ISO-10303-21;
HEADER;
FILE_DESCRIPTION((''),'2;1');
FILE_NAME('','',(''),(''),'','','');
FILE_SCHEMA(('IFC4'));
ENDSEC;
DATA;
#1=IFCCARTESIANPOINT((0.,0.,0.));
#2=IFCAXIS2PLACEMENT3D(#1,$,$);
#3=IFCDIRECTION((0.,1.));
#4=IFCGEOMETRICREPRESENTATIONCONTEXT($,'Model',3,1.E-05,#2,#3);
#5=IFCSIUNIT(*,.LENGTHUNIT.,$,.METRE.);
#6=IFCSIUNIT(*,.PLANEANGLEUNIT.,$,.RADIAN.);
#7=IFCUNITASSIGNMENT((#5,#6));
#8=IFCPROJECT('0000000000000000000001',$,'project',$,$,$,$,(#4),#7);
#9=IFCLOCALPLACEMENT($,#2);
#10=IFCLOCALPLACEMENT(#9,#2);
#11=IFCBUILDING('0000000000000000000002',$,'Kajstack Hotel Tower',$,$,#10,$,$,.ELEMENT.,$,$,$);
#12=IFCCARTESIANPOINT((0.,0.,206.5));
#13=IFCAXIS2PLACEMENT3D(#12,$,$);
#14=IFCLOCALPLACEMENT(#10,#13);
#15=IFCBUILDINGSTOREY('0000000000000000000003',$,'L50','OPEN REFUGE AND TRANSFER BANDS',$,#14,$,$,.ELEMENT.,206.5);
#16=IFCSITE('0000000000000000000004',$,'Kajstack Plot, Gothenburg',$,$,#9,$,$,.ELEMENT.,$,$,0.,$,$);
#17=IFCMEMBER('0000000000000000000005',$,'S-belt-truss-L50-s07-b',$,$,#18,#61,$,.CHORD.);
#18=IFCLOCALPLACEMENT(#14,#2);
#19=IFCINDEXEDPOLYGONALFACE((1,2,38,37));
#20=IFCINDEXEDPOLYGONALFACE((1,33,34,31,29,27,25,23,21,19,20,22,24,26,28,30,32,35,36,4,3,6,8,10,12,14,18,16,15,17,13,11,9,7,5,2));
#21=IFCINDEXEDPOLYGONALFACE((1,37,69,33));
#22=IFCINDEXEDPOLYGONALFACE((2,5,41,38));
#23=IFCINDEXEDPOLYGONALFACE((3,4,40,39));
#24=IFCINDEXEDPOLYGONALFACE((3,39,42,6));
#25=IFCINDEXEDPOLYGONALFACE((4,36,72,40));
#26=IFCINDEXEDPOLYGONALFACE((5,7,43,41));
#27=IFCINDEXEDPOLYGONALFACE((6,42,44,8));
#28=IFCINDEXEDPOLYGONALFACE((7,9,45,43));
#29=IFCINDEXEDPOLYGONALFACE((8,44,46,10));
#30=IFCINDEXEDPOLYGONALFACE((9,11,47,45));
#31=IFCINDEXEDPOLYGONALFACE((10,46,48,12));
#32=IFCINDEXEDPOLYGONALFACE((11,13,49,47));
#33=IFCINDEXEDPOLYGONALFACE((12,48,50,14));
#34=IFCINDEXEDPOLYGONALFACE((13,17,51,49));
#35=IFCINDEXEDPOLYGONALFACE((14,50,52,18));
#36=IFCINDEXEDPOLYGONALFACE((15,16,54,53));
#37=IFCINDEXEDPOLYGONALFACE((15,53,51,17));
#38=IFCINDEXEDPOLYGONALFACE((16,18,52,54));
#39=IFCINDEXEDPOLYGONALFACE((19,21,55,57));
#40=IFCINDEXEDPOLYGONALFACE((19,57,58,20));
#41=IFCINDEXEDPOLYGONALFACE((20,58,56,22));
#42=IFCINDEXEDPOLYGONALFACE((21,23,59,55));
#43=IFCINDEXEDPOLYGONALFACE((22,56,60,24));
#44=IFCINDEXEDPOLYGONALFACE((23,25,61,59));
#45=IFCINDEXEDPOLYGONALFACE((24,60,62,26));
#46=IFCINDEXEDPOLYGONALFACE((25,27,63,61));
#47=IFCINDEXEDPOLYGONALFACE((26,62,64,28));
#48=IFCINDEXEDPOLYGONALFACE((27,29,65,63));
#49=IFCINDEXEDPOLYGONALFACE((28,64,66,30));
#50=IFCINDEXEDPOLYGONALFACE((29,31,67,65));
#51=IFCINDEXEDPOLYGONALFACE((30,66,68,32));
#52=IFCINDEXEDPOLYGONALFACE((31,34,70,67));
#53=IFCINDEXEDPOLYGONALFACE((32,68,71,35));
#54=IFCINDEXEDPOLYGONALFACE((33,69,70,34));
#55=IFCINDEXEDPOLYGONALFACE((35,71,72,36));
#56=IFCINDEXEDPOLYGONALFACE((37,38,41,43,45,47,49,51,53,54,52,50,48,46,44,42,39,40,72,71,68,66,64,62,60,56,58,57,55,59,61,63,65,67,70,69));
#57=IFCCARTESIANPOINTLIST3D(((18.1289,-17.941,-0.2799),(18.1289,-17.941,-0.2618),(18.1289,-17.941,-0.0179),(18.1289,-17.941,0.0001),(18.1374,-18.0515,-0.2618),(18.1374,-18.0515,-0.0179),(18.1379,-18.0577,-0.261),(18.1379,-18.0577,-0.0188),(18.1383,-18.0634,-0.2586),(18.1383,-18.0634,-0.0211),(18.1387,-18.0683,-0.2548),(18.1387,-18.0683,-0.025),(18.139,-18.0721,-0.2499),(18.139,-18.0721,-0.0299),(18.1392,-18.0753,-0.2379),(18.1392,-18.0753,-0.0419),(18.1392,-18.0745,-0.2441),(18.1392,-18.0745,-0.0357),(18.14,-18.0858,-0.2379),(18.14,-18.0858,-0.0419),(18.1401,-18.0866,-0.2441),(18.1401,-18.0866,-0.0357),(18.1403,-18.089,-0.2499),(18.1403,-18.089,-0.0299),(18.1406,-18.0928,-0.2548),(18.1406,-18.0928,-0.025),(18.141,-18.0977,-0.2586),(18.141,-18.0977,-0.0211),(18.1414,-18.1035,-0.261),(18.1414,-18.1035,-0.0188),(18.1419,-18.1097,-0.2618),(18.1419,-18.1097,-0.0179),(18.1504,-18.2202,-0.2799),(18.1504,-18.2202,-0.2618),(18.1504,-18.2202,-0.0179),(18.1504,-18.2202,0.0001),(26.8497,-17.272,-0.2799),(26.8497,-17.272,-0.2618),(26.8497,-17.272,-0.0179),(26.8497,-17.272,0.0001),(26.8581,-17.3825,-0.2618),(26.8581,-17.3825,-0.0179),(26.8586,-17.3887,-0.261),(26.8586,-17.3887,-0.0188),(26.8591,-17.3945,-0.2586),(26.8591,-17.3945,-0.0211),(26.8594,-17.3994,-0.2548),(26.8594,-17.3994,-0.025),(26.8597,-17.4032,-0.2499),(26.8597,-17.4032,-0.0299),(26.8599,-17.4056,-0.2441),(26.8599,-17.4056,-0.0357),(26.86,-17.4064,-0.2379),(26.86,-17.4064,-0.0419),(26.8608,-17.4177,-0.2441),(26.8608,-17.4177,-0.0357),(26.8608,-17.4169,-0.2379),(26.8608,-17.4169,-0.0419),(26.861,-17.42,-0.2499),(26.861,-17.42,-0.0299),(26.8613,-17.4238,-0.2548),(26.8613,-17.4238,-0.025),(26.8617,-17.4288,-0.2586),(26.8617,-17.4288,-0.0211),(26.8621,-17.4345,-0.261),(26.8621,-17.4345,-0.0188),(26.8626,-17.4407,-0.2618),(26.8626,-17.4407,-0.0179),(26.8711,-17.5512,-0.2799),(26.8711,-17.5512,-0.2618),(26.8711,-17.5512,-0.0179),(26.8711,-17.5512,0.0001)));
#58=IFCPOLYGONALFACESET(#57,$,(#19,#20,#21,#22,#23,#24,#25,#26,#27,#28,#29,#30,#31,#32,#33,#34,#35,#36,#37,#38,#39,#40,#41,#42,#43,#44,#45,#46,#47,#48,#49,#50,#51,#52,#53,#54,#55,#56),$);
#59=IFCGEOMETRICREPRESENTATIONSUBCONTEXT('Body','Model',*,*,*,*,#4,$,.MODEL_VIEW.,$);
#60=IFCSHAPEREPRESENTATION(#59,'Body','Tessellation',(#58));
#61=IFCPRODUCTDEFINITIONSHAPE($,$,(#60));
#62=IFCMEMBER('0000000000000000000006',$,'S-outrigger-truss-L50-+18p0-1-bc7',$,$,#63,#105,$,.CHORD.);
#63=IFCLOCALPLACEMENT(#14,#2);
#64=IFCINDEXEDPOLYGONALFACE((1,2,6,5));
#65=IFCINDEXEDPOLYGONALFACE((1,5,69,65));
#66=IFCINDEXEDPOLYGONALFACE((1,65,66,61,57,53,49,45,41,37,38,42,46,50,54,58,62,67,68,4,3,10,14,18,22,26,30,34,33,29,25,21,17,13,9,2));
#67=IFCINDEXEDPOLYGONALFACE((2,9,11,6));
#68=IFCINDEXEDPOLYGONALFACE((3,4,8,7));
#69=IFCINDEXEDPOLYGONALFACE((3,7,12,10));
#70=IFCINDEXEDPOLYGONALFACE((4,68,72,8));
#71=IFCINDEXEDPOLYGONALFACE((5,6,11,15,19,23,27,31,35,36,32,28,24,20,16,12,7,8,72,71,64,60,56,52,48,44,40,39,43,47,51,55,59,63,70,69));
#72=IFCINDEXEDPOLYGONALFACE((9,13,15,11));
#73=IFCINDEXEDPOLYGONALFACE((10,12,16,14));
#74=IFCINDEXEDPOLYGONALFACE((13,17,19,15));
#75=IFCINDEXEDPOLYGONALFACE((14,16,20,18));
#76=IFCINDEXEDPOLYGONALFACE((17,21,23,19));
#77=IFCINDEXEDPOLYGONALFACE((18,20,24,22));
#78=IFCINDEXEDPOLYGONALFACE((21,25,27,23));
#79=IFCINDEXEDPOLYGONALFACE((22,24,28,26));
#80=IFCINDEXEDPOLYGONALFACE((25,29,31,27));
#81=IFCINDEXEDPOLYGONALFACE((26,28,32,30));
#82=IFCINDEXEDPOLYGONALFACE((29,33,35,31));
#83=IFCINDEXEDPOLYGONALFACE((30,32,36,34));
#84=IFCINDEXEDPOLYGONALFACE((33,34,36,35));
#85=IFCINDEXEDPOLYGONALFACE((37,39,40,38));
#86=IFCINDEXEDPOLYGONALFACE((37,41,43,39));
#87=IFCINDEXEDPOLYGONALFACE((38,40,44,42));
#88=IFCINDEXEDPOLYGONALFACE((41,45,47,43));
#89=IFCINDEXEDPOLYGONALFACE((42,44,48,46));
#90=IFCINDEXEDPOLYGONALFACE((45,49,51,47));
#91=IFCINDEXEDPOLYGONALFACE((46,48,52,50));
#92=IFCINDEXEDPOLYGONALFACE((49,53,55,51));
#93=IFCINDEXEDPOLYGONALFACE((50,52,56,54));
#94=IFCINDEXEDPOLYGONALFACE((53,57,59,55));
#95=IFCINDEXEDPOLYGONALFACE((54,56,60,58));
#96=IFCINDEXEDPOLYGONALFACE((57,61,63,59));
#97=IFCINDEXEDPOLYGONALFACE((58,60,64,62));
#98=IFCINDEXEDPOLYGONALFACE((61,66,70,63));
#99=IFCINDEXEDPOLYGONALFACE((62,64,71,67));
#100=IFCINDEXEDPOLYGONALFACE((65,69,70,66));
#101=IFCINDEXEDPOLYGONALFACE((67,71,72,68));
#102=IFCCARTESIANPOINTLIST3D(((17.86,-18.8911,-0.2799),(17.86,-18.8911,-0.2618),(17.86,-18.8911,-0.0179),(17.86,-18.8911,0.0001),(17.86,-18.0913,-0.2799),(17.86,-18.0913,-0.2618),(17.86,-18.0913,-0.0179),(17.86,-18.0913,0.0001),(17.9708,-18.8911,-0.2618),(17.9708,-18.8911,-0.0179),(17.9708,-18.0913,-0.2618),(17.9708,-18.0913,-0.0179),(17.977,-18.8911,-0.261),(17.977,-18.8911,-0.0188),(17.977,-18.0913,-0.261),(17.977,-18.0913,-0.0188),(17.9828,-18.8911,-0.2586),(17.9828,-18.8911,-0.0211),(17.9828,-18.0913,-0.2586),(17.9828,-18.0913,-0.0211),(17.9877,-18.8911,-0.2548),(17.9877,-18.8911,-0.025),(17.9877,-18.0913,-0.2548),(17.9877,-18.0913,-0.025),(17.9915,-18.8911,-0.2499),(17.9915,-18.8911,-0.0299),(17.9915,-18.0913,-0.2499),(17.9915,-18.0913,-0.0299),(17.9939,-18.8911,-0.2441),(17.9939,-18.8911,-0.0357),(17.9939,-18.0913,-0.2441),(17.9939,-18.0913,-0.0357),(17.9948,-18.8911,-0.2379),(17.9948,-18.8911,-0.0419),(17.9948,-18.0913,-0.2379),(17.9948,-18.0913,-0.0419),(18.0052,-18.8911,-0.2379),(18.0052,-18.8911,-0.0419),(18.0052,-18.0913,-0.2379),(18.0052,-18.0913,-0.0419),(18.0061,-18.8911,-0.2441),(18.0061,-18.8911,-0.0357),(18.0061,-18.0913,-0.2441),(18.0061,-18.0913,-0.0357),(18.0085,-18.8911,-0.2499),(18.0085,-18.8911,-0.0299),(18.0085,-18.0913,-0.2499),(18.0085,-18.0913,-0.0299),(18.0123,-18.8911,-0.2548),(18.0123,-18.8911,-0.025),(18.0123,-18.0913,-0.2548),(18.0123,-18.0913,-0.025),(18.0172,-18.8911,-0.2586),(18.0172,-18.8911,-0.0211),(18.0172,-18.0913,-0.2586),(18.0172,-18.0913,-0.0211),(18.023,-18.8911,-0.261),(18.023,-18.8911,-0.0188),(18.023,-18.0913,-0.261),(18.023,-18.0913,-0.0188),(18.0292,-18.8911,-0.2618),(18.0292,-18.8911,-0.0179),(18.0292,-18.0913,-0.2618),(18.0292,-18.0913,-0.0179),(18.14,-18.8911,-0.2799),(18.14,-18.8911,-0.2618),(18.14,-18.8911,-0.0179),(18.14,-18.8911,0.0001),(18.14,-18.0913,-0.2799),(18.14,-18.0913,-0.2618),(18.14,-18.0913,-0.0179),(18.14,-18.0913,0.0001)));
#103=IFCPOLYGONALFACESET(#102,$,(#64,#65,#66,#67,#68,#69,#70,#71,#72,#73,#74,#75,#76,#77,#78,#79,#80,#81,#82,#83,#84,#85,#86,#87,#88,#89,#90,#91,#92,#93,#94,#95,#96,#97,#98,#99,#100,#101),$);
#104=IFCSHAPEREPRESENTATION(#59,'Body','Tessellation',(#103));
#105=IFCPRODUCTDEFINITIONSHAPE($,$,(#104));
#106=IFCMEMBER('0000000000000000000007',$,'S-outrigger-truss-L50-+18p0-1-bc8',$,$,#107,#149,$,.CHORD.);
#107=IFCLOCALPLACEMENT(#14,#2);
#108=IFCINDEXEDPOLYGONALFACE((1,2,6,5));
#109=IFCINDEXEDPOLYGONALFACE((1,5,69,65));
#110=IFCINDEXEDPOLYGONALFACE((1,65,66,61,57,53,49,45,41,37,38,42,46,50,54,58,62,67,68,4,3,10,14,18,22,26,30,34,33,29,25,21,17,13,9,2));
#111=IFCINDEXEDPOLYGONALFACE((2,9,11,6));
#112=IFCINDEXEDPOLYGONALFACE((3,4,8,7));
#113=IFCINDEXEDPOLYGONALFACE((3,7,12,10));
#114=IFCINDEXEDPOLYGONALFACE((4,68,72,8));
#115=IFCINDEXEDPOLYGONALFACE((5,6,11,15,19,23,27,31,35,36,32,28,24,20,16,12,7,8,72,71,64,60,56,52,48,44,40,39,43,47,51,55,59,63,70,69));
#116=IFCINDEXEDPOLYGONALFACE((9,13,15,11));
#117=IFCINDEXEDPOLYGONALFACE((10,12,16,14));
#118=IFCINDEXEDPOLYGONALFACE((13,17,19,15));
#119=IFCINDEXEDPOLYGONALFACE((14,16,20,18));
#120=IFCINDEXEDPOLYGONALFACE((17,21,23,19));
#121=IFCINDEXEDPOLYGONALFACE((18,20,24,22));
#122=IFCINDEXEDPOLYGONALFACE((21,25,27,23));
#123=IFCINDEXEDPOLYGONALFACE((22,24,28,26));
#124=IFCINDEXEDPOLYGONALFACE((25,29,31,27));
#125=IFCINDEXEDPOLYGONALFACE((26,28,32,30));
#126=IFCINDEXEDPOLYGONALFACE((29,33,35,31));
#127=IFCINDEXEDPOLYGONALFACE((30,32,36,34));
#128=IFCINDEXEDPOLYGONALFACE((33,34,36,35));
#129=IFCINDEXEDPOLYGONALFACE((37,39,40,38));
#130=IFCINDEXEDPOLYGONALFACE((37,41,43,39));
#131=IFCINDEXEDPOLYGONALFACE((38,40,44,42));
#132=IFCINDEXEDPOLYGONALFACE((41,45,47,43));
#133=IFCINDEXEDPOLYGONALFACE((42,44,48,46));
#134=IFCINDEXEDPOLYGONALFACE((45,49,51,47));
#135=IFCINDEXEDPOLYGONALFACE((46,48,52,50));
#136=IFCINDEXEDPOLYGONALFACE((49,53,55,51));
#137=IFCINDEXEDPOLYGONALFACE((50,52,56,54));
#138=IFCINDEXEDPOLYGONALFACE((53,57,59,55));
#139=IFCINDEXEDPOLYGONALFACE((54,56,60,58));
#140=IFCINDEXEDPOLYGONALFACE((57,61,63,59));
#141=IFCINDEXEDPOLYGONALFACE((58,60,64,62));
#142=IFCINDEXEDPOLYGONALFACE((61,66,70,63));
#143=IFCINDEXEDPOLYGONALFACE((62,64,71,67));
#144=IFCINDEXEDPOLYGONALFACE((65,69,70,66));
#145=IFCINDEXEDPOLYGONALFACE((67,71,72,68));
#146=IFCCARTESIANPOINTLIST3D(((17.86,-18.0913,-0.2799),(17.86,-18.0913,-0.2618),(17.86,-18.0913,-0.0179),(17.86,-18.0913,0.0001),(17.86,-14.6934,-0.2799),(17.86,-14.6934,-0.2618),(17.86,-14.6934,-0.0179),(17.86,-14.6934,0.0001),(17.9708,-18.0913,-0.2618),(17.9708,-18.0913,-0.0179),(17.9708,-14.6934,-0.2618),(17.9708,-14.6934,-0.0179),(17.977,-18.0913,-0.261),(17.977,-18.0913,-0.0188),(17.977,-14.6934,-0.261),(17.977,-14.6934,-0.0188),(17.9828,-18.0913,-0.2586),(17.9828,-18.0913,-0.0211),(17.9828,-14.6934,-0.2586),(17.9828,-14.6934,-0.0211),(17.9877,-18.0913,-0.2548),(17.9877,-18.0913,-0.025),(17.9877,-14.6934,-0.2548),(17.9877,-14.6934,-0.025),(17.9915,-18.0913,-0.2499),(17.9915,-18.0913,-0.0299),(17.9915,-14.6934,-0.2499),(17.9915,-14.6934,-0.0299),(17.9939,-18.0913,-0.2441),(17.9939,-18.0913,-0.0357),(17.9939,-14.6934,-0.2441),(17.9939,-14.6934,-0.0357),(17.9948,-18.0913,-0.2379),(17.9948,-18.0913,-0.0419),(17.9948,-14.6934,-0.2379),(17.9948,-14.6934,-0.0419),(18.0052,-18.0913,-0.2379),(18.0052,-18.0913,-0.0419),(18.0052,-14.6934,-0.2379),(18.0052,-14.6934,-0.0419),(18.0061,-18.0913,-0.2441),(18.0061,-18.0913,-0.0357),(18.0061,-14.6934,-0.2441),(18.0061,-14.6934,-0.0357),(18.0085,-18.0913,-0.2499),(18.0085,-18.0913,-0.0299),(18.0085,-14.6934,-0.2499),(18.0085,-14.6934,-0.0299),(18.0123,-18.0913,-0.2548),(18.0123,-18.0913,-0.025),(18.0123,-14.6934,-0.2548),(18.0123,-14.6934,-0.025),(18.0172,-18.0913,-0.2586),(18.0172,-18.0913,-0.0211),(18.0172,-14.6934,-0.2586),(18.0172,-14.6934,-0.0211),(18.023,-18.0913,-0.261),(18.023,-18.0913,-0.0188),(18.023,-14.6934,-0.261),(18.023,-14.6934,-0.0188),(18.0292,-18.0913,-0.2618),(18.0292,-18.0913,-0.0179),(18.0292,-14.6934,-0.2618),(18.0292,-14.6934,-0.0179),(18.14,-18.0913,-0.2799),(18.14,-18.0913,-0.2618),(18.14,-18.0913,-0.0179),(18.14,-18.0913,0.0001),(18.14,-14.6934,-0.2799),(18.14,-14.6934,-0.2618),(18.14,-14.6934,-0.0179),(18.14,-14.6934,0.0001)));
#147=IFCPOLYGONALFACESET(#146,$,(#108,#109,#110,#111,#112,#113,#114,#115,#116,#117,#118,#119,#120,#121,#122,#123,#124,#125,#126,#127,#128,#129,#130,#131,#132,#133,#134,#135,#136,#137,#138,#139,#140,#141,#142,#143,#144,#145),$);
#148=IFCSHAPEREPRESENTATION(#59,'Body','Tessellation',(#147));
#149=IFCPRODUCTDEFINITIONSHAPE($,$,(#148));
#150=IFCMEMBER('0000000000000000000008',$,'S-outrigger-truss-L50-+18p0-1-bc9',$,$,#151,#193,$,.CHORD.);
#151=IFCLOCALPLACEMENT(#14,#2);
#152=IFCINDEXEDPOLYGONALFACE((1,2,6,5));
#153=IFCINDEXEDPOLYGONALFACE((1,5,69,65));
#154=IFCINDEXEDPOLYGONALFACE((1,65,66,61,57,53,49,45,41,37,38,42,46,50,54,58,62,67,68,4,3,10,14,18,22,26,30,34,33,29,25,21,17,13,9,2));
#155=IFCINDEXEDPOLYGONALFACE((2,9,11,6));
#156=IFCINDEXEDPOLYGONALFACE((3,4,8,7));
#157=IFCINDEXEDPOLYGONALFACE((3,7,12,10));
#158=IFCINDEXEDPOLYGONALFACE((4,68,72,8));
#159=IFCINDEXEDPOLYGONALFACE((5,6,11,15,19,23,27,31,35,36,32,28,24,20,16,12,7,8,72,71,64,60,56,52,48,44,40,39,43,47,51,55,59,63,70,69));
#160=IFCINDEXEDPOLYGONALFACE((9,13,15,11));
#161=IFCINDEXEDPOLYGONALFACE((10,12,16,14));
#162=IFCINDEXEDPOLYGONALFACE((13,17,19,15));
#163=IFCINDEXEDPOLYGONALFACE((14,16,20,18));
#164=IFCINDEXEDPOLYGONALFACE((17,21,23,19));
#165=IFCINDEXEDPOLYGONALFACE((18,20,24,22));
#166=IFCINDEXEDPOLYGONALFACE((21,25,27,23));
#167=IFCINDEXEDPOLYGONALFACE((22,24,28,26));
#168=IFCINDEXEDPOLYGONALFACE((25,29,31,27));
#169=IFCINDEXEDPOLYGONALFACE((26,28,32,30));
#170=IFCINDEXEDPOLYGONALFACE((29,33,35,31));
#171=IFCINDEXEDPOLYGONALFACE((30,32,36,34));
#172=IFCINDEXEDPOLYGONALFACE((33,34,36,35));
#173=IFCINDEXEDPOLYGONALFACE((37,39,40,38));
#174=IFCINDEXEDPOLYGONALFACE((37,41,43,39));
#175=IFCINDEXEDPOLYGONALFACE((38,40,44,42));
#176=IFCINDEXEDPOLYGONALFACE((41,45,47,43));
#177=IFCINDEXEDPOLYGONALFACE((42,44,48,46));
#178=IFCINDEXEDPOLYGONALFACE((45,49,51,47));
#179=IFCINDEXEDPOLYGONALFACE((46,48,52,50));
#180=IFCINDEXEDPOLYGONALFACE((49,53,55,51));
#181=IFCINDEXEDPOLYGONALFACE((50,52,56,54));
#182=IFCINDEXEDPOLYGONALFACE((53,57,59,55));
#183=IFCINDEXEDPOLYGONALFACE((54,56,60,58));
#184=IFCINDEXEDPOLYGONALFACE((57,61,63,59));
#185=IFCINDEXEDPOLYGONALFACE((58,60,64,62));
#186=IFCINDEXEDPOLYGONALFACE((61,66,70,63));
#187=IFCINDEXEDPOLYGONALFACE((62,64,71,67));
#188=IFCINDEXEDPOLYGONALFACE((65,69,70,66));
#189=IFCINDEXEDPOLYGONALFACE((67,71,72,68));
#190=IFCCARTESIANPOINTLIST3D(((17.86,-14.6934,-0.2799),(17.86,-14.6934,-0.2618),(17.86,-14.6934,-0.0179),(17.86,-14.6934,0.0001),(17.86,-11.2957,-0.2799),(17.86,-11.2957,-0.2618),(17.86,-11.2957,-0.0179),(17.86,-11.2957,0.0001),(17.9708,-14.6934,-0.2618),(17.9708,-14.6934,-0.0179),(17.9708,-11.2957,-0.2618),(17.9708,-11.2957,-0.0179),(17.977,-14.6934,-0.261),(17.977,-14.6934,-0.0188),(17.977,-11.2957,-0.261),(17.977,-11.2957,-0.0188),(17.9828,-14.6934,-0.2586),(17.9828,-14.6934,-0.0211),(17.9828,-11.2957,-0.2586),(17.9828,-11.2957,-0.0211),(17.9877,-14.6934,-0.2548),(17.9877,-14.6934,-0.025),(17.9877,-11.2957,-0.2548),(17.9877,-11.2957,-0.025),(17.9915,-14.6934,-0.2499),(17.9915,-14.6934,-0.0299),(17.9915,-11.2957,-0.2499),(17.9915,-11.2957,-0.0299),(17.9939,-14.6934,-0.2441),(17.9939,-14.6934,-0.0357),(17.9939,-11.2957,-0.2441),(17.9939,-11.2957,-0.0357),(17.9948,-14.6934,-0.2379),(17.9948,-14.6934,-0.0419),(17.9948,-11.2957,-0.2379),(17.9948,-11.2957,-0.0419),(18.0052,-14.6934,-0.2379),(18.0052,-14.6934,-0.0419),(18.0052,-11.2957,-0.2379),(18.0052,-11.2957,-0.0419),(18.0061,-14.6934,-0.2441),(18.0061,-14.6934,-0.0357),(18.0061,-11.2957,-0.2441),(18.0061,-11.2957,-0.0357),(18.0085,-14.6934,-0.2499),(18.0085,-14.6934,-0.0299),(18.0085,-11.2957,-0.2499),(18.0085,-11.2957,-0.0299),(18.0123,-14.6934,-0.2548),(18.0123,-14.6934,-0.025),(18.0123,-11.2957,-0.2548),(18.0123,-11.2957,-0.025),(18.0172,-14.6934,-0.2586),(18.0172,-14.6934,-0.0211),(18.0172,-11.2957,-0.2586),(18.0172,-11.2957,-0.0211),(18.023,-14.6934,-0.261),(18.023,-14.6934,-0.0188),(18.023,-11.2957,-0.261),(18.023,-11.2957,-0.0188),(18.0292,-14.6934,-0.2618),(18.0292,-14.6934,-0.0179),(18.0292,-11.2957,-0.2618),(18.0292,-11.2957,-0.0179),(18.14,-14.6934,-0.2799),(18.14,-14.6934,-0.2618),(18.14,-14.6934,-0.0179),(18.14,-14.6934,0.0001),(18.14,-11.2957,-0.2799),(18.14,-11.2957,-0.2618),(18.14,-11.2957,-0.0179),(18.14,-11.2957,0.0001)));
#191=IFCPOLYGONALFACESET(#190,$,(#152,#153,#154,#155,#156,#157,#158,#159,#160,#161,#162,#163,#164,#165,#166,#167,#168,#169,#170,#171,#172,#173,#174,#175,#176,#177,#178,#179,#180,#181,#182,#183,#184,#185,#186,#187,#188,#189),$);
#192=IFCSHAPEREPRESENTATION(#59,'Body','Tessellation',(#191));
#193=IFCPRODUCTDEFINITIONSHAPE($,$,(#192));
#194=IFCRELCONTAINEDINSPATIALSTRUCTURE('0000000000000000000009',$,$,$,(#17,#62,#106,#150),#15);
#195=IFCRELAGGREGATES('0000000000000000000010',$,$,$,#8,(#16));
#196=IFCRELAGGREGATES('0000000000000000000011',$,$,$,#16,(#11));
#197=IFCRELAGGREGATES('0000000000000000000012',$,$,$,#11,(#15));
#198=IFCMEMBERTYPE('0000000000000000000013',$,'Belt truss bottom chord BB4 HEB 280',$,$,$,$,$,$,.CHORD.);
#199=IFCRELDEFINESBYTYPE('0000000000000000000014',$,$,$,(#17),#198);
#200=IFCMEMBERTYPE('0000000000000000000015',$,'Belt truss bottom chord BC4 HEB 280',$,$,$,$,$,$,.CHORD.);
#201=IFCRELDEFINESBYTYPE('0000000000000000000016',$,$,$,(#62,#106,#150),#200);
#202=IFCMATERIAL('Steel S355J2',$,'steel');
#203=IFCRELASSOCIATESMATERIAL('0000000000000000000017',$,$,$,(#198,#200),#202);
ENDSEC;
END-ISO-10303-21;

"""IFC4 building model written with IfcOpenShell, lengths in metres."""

from ifc_helpers import new_model, si_unit, direction, frame, origin, origin_2d, place, context, subcontext, project, spatial, i_section, extrude, material, material_profile, profile_set, type_object, element, save


model = new_model("IFC4")

# Units and contexts
model_context = context("Model", 3, precision=1e-05, world=origin(), true_north=direction((0.0, 1.0)))
body_context = subcontext(model_context, "Body", "Model", "MODEL_VIEW")
ifc_project = project(units=[si_unit("LENGTHUNIT", "METRE"), si_unit("PLANEANGLEUNIT", "RADIAN")], contexts=[model_context])

# Site, building, storey
site_placement = place(None, origin())
site = spatial("IfcSite", under=ifc_project, at=site_placement, Name="Kajstack Plot, Gothenburg", CompositionType="ELEMENT", RefElevation=0.0)
building_placement = place(site_placement, origin())
building = spatial("IfcBuilding", under=site, at=building_placement, Name="Kajstack Hotel Tower", CompositionType="ELEMENT")
storey_placement = place(building_placement, frame((0.0, 0.0, 206.5)))
storey = spatial("IfcBuildingStorey", under=building, at=storey_placement, Name="L50", Description="OPEN REFUGE AND TRANSFER BANDS", CompositionType="ELEMENT", Elevation=206.5)

# Members
ifc_material = material(Name="Steel S355J2", Category="steel")
ifc_material_profile_1 = material_profile(ifc_material, i_section(OverallWidth=0.28, OverallDepth=0.28, WebThickness=0.0105, FlangeThickness=0.0181, FilletRadius=0.0239, at=origin_2d()), Name="HEB 280")
ifc_profile_set_1 = profile_set([ifc_material_profile_1], Name="Steel S355J2")
member_type_1 = type_object("IfcMemberType", Name="Belt truss bottom chord BB4 HEB 280", PredefinedType="CHORD", material=ifc_profile_set_1)
member_1_placement = place(storey_placement, frame((18.1396, -18.0806, -0.1399), z_axis=(0.997071, 0.076483, 0.0), x_axis=(-0.076483, 0.997071, 0.0)))
element("IfcMember", 1, at=member_1_placement, inside=storey, type_object=member_type_1, Name="S-belt-truss-L50-s07-b", PredefinedType="CHORD", context=body_context, shape_type="SweptSolid", body=[
    extrude(i_section(OverallWidth=0.28, OverallDepth=0.28, WebThickness=0.0105, FlangeThickness=0.0181, FilletRadius=0.0239, at=origin_2d()), origin(), (0.0, 0.0, 1.0), 8.7463),
])
ifc_material_profile_2 = material_profile(ifc_material, i_section(OverallWidth=0.28, OverallDepth=0.28, WebThickness=0.0105, FlangeThickness=0.0181, FilletRadius=0.0239, at=origin_2d()), Name="HEB 280")
ifc_profile_set_2 = profile_set([ifc_material_profile_2], Name="Steel S355J2")
member_type_2 = type_object("IfcMemberType", Name="Belt truss bottom chord BC4 HEB 280", PredefinedType="CHORD", material=ifc_profile_set_2)
member_2_placement = place(storey_placement, frame((18.0, -18.8911, -0.1399), z_axis=(0.0, 1.0, 0.0), x_axis=(-1.0, 0.0, 0.0)))
element("IfcMember", 2, at=member_2_placement, inside=storey, type_object=member_type_2, Name="S-outrigger-truss-L50-+18p0-1-bc7", PredefinedType="CHORD", context=body_context, shape_type="SweptSolid", body=[
    extrude(i_section(OverallWidth=0.28, OverallDepth=0.28, WebThickness=0.0105, FlangeThickness=0.0181, FilletRadius=0.0239, at=origin_2d()), origin(), (0.0, 0.0, 1.0), 0.7998),
])
member_3_placement = place(storey_placement, frame((18.0, -18.0913, -0.1399), z_axis=(0.0, 1.0, 0.0), x_axis=(-1.0, 0.0, 0.0)))
element("IfcMember", 3, at=member_3_placement, inside=storey, type_object=member_type_2, Name="S-outrigger-truss-L50-+18p0-1-bc8", PredefinedType="CHORD", context=body_context, shape_type="SweptSolid", body=[
    extrude(i_section(OverallWidth=0.28, OverallDepth=0.28, WebThickness=0.0105, FlangeThickness=0.0181, FilletRadius=0.0239, at=origin_2d()), origin(), (0.0, 0.0, 1.0), 3.3979),
])
member_4_placement = place(storey_placement, frame((18.0, -14.6934, -0.1399), z_axis=(0.0, 1.0, 0.0), x_axis=(-1.0, 0.0, 0.0)))
element("IfcMember", 4, at=member_4_placement, inside=storey, type_object=member_type_2, Name="S-outrigger-truss-L50-+18p0-1-bc9", PredefinedType="CHORD", context=body_context, shape_type="SweptSolid", body=[
    extrude(i_section(OverallWidth=0.28, OverallDepth=0.28, WebThickness=0.0105, FlangeThickness=0.0181, FilletRadius=0.0239, at=origin_2d()), origin(), (0.0, 0.0, 1.0), 3.3977),
])

save(model, "model.ifc")
